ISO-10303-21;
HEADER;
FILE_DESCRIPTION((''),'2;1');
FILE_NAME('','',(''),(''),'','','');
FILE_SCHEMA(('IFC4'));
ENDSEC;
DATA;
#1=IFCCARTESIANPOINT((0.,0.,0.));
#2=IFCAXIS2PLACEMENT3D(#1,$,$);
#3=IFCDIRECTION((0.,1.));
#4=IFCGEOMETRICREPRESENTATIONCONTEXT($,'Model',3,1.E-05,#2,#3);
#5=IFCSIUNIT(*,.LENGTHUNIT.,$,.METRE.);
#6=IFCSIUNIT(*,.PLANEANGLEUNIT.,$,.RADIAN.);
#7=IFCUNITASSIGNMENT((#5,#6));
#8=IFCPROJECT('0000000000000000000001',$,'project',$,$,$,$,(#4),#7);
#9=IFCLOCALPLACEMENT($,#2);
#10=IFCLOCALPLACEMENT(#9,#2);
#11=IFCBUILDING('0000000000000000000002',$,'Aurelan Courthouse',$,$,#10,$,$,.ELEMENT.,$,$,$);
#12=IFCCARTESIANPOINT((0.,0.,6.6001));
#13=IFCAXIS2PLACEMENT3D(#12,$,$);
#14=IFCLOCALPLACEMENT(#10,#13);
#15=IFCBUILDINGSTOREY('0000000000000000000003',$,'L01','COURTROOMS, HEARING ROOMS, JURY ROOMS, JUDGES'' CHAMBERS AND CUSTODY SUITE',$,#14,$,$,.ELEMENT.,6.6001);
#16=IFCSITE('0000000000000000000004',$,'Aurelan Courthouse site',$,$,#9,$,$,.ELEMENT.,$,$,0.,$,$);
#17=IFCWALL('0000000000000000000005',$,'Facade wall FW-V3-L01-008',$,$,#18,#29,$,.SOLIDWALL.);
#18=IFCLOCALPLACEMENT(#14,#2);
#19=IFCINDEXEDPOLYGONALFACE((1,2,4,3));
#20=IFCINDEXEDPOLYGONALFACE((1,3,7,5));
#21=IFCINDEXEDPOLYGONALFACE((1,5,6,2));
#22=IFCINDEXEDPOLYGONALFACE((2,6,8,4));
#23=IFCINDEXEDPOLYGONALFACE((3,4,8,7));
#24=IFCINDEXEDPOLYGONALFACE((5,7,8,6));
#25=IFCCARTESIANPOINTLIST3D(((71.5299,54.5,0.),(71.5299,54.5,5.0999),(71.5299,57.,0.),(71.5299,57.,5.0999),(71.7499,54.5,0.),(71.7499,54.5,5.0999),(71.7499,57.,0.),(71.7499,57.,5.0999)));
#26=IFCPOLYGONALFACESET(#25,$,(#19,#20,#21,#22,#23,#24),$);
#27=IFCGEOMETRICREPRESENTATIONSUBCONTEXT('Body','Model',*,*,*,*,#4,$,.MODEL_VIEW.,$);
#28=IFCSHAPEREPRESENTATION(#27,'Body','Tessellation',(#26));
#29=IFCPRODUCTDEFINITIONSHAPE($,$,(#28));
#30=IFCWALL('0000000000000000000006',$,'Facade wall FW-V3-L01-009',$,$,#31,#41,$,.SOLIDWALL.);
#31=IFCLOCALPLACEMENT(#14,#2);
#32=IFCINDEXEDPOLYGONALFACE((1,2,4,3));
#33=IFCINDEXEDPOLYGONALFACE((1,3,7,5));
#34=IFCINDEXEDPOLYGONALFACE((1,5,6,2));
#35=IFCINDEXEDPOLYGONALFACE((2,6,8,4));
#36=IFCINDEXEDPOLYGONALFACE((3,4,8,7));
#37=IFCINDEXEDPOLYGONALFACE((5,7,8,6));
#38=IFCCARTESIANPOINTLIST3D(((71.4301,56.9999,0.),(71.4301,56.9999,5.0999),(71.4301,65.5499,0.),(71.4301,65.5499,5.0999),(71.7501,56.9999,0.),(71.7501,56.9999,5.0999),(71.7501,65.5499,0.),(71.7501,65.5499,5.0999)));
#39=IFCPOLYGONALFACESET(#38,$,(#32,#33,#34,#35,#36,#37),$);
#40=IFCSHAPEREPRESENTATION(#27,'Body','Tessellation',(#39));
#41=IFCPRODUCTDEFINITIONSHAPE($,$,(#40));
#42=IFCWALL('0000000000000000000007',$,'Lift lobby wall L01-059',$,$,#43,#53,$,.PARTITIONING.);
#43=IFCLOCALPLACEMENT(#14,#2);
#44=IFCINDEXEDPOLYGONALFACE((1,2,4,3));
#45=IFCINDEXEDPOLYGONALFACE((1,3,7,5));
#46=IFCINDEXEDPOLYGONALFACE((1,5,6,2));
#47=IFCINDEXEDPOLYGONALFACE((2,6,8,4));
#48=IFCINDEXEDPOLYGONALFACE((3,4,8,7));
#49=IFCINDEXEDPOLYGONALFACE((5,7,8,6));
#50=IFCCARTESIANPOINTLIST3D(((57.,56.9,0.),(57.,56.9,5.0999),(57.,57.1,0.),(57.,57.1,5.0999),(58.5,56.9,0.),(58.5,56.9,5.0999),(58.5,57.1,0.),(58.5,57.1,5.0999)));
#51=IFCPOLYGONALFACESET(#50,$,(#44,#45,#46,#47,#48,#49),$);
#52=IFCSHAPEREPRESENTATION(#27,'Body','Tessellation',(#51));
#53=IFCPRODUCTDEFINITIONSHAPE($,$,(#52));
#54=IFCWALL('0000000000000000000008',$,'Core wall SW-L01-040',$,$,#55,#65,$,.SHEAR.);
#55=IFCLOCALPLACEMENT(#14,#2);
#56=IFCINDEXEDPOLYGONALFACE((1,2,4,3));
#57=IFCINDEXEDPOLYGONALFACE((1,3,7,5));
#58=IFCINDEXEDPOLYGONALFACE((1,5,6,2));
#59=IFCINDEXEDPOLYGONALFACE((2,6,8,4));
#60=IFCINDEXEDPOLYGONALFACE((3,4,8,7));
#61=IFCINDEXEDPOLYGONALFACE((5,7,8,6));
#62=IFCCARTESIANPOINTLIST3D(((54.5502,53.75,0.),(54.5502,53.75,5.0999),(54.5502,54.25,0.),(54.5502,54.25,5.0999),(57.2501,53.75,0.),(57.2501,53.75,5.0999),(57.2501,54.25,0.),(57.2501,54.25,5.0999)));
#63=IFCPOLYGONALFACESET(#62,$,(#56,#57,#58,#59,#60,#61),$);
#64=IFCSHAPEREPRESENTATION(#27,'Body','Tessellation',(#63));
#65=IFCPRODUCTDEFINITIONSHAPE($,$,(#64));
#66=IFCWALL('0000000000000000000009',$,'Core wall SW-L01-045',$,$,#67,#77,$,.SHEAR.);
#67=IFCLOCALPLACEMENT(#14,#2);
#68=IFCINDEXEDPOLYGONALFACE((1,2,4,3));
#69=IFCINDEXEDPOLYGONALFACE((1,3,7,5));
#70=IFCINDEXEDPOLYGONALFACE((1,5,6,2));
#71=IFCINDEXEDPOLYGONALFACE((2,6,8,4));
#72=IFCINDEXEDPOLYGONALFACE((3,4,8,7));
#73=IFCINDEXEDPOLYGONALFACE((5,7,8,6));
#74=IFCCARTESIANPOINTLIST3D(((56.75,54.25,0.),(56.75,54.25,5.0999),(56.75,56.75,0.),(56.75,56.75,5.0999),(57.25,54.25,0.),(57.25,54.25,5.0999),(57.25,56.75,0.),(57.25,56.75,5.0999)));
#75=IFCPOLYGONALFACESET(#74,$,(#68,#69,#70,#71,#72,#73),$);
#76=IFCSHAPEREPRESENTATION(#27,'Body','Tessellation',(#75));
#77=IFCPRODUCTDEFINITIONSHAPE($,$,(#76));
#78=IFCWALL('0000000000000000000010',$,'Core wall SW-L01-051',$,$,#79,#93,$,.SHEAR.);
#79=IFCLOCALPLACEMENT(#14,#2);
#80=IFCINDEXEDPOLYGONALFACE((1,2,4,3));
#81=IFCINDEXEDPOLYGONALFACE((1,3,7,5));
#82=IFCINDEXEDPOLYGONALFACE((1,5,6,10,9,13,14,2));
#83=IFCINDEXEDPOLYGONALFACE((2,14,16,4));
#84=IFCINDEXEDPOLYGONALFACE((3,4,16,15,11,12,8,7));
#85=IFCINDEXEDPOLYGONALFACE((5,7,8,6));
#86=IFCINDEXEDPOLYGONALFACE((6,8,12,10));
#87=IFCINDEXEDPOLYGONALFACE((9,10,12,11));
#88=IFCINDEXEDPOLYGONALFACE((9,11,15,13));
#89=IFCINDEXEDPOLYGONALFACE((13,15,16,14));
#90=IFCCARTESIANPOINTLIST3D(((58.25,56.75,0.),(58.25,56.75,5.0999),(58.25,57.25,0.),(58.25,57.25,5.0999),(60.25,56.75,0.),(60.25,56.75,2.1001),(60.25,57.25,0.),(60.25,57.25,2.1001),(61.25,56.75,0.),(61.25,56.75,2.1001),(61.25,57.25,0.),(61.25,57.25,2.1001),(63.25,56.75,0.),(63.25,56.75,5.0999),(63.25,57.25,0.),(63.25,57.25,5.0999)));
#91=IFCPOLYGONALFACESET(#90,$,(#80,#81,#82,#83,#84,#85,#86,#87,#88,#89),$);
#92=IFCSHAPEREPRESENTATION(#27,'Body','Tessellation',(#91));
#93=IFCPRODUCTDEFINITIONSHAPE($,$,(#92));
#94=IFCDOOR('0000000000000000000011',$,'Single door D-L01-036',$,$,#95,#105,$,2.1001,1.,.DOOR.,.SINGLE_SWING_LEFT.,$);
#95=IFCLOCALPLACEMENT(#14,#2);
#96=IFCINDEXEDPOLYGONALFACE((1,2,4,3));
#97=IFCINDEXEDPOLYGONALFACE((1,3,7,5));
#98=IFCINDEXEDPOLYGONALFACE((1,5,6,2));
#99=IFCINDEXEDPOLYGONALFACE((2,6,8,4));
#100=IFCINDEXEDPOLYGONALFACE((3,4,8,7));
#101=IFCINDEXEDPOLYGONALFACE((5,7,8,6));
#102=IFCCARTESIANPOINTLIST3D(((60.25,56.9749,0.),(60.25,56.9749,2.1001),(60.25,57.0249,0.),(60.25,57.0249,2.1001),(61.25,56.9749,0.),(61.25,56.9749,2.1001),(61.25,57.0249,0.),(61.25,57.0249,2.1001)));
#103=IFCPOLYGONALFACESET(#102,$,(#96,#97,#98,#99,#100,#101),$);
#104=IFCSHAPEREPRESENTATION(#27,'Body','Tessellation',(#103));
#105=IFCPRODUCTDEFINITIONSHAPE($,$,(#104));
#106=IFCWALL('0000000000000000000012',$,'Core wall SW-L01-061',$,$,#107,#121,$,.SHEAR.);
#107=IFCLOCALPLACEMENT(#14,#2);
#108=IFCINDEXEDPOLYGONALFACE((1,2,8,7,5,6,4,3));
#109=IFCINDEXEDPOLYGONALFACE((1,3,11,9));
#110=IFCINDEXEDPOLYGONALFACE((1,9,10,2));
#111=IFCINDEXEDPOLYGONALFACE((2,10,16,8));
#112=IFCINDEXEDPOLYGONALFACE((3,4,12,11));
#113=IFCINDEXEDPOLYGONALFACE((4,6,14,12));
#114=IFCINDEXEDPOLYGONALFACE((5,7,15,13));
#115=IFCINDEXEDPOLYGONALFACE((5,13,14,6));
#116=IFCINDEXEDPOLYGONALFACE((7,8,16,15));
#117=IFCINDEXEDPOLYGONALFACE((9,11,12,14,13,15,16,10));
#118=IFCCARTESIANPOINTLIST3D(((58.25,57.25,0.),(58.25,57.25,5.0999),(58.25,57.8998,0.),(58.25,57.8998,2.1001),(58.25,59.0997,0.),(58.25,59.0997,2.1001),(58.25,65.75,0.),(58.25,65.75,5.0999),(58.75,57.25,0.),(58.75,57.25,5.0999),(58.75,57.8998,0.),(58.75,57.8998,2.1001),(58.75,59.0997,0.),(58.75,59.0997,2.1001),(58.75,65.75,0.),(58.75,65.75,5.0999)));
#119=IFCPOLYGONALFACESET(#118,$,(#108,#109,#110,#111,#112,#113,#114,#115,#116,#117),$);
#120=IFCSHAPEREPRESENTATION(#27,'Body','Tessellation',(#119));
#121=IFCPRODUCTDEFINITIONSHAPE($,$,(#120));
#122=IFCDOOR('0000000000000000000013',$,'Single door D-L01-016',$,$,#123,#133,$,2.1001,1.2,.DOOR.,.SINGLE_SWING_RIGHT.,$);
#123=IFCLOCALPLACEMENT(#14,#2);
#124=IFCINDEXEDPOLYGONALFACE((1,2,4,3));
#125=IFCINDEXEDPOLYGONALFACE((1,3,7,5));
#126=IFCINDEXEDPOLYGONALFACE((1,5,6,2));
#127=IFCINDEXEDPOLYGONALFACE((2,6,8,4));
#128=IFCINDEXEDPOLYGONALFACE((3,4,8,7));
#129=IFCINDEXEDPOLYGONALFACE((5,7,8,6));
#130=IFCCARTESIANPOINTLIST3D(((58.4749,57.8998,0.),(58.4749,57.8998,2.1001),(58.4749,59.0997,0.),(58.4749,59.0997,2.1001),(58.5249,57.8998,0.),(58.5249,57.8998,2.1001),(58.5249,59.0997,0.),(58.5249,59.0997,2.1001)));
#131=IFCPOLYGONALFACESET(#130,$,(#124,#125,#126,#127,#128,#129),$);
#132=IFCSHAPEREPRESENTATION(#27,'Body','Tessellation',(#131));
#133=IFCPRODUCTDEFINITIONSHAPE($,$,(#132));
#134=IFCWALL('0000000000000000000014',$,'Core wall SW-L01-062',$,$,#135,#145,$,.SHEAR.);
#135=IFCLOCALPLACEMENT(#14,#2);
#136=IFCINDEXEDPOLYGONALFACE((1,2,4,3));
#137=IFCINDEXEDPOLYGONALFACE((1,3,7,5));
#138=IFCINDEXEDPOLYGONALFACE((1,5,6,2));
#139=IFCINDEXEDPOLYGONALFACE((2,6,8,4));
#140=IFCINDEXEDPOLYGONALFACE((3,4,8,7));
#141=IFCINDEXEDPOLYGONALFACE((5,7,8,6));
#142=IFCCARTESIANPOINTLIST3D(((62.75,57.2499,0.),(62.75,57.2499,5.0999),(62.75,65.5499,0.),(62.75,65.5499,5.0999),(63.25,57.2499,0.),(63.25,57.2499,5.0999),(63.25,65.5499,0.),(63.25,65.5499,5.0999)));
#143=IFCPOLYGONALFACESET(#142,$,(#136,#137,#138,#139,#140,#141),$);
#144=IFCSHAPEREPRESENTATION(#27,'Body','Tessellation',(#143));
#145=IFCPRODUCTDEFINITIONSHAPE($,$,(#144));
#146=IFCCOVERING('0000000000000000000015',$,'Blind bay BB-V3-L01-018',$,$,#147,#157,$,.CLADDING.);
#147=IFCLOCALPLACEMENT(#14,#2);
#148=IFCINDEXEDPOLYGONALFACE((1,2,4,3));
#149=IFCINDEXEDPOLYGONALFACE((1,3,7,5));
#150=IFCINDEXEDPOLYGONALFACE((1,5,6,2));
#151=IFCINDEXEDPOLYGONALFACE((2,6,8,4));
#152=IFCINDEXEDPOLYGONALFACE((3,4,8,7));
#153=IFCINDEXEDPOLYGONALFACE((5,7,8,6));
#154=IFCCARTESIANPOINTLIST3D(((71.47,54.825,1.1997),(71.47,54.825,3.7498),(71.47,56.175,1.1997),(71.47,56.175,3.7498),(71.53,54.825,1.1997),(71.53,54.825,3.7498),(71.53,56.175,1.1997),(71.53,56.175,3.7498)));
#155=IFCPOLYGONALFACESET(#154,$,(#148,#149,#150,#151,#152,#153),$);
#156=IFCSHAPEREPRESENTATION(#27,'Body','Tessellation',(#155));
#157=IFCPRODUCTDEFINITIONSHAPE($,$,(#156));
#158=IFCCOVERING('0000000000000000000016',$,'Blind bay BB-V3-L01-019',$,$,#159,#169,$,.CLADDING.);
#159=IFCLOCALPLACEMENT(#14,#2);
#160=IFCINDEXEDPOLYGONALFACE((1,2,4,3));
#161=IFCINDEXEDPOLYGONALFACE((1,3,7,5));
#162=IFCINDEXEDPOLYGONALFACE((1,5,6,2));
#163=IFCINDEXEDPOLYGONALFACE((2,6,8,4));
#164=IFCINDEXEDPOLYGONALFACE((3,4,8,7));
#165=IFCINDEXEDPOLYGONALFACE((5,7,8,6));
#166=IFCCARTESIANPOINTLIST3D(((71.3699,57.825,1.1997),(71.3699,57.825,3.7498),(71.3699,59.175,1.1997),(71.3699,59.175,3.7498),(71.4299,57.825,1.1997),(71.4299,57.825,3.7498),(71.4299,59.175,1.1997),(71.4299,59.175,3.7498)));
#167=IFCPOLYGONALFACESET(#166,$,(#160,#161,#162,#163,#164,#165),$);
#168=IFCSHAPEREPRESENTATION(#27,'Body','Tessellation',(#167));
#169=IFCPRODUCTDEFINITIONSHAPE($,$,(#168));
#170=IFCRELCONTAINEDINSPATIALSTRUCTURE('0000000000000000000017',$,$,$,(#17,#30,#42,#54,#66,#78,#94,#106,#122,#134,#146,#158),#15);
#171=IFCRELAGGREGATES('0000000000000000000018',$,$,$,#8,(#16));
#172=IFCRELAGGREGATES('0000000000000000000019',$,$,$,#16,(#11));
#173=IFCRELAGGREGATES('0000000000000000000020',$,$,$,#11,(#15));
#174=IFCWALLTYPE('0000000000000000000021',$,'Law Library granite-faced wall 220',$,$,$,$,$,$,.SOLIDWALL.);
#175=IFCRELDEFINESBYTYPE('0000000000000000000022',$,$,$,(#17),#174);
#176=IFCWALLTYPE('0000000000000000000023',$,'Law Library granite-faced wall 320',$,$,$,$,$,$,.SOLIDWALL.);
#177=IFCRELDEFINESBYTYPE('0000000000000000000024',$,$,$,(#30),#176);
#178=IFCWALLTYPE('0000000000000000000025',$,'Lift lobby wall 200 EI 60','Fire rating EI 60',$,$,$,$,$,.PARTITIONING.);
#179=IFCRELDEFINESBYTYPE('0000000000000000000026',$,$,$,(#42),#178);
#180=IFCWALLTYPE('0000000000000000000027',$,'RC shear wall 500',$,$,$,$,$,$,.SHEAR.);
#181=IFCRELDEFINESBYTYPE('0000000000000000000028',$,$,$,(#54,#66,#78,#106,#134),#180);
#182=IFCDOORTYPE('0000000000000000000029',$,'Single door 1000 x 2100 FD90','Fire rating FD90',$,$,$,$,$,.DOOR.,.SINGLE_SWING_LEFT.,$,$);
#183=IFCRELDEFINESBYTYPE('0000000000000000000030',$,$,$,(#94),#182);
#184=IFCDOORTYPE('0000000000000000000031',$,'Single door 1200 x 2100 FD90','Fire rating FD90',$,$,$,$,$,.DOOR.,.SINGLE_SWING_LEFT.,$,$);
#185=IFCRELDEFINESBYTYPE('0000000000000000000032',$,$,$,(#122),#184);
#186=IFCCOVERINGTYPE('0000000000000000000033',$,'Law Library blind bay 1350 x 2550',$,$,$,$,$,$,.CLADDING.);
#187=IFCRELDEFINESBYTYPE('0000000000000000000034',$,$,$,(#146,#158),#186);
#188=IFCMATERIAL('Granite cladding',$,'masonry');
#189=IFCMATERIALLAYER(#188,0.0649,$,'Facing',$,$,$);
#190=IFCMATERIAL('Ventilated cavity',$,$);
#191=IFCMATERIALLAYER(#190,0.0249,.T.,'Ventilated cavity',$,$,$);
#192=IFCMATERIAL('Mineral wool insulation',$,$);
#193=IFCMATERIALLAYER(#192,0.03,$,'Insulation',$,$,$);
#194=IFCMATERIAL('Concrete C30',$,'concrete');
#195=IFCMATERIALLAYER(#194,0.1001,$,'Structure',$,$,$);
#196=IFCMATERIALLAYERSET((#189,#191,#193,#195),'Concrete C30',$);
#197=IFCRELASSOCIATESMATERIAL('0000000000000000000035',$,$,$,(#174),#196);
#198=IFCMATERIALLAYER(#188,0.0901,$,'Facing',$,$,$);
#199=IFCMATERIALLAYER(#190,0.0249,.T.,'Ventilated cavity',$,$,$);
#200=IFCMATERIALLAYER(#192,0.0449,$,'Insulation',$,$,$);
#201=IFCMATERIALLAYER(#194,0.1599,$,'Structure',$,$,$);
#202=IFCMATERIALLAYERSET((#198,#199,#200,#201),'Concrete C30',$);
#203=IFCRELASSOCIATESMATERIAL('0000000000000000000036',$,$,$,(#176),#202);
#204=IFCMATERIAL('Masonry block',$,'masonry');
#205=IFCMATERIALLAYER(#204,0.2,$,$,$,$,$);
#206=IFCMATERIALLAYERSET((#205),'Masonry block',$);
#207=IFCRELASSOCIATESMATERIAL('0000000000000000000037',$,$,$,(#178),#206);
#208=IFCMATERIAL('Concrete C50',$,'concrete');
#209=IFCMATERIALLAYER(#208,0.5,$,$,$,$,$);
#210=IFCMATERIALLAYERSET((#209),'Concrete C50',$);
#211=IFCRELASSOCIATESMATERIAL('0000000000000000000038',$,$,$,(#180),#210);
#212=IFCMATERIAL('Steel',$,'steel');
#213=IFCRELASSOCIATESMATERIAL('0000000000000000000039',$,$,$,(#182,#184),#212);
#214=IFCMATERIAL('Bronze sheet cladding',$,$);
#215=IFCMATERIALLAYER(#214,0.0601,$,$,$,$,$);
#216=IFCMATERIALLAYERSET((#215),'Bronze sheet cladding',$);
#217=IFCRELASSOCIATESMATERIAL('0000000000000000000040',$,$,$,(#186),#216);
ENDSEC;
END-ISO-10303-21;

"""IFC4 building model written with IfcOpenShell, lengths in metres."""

from ifc_helpers import new_model, si_unit, direction, frame, frame_2d, origin, origin_2d, place, context, subcontext, project, spatial, rectangle, extrude, material, layer, layer_set, type_object, element, fill, save


model = new_model("IFC4")

# Units and contexts
model_context = context("Model", 3, precision=1e-05, world=origin(), true_north=direction((0.0, 1.0)))
body_context = subcontext(model_context, "Body", "Model", "MODEL_VIEW")
ifc_project = project(units=[si_unit("LENGTHUNIT", "METRE"), si_unit("PLANEANGLEUNIT", "RADIAN")], contexts=[model_context])

# Site, building, storey
site_placement = place(None, origin())
site = spatial("IfcSite", under=ifc_project, at=site_placement, Name="Aurelan Courthouse site", CompositionType="ELEMENT", RefElevation=0.0)
building_placement = place(site_placement, origin())
building = spatial("IfcBuilding", under=site, at=building_placement, Name="Aurelan Courthouse", CompositionType="ELEMENT")
storey_placement = place(building_placement, frame((0.0, 0.0, 6.6001)))
storey = spatial("IfcBuildingStorey", under=building, at=storey_placement, Name="L01", Description="COURTROOMS, HEARING ROOMS, JURY ROOMS, JUDGES' CHAMBERS AND CUSTODY SUITE", CompositionType="ELEMENT", Elevation=6.6001)

# Shared definitions
ifc_material_1 = material(Name="Concrete C50", Category="concrete")

# Shared definitions
ifc_material_2 = material(Name="Granite cladding", Category="masonry")
ifc_material_3 = material(Name="Ventilated cavity")
ifc_material_4 = material(Name="Mineral wool insulation")
ifc_material_5 = material(Name="Concrete C30", Category="concrete")

# Shared definitions
ifc_material_6 = material(Name="Masonry block", Category="masonry")
ifc_material_7 = material(Name="Steel", Category="steel")

# Walls
ifc_layer_1 = layer(ifc_material_2, 0.0649, Name="Facing")
ifc_layer_2 = layer(ifc_material_3, 0.0249, ventilated=True, Name="Ventilated cavity")
ifc_layer_3 = layer(ifc_material_4, 0.03, Name="Insulation")
ifc_layer_4 = layer(ifc_material_5, 0.1001, Name="Structure")
ifc_layer_set_1 = layer_set([ifc_layer_1, ifc_layer_2, ifc_layer_3, ifc_layer_4], Name="Concrete C30")
wall_type_1 = type_object("IfcWallType", Name="Law Library granite-faced wall 220", PredefinedType="SOLIDWALL", material=ifc_layer_set_1)
wall_1_placement = place(storey_placement, frame((71.6399, 54.5, 0.0), z_axis=(0.0, 0.0, 1.0), x_axis=(0.0, 1.0, 0.0)))
element("IfcWall", 1, at=wall_1_placement, inside=storey, type_object=wall_type_1, Name="Facade wall FW-V3-L01-008", PredefinedType="SOLIDWALL", context=body_context, shape_type="SweptSolid", body=[
    extrude(rectangle(XDim=2.5, YDim=0.22, at=frame_2d((1.25, 0.0))), origin(), (0.0, 0.0, 1.0), 5.0999),
])
ifc_layer_5 = layer(ifc_material_2, 0.0901, Name="Facing")
ifc_layer_6 = layer(ifc_material_3, 0.0249, ventilated=True, Name="Ventilated cavity")
ifc_layer_7 = layer(ifc_material_4, 0.0449, Name="Insulation")
ifc_layer_8 = layer(ifc_material_5, 0.1599, Name="Structure")
ifc_layer_set_2 = layer_set([ifc_layer_5, ifc_layer_6, ifc_layer_7, ifc_layer_8], Name="Concrete C30")
wall_type_2 = type_object("IfcWallType", Name="Law Library granite-faced wall 320", PredefinedType="SOLIDWALL", material=ifc_layer_set_2)
wall_2_placement = place(storey_placement, frame((71.5901, 57.0, 0.0), z_axis=(0.0, 0.0, 1.0), x_axis=(0.0, 1.0, 0.0)))
element("IfcWall", 2, at=wall_2_placement, inside=storey, type_object=wall_type_2, Name="Facade wall FW-V3-L01-009", PredefinedType="SOLIDWALL", context=body_context, shape_type="SweptSolid", body=[
    extrude(rectangle(XDim=8.55, YDim=0.3201, at=frame_2d((4.2749, 0.0))), origin(), (0.0, 0.0, 1.0), 5.0999),
])
ifc_layer_9 = layer(ifc_material_6, 0.2)
ifc_layer_set_3 = layer_set([ifc_layer_9], Name="Masonry block")
wall_type_3 = type_object("IfcWallType", Name="Lift lobby wall 200 EI 60", Description="Fire rating EI 60", PredefinedType="PARTITIONING", material=ifc_layer_set_3)
wall_3_placement = place(storey_placement, frame((57.0, 57.0, 0.0), z_axis=(0.0, 0.0, 1.0), x_axis=(1.0, 0.0, 0.0)))
element("IfcWall", 3, at=wall_3_placement, inside=storey, type_object=wall_type_3, Name="Lift lobby wall L01-059", PredefinedType="PARTITIONING", context=body_context, shape_type="SweptSolid", body=[
    extrude(rectangle(XDim=1.5, YDim=0.2, at=frame_2d((0.75, 0.0))), origin(), (0.0, 0.0, 1.0), 5.0999),
])
ifc_layer_10 = layer(ifc_material_1, 0.5)
ifc_layer_set_4 = layer_set([ifc_layer_10], Name="Concrete C50")
wall_type_4 = type_object("IfcWallType", Name="RC shear wall 500", PredefinedType="SHEAR", material=ifc_layer_set_4)
wall_4_placement = place(storey_placement, frame((54.55, 54.0, 0.0), z_axis=(0.0, 0.0, 1.0), x_axis=(1.0, 0.0, 0.0)))
element("IfcWall", 4, at=wall_4_placement, inside=storey, type_object=wall_type_4, Name="Core wall SW-L01-040", PredefinedType="SHEAR", context=body_context, shape_type="SweptSolid", body=[
    extrude(rectangle(XDim=2.7, YDim=0.5, at=frame_2d((1.3501, 0.0))), origin(), (0.0, 0.0, 1.0), 5.0999),
])
wall_5_placement = place(storey_placement, frame((57.0, 54.25, 0.0), z_axis=(0.0, 0.0, 1.0), x_axis=(0.0, 1.0, 0.0)))
element("IfcWall", 5, at=wall_5_placement, inside=storey, type_object=wall_type_4, Name="Core wall SW-L01-045", PredefinedType="SHEAR", context=body_context, shape_type="SweptSolid", body=[
    extrude(rectangle(XDim=2.5, YDim=0.5, at=frame_2d((1.25, 0.0))), origin(), (0.0, 0.0, 1.0), 5.0999),
])

# Walls, openings, doors
wall_6_placement = place(storey_placement, frame((58.25, 57.0, 0.0), z_axis=(0.0, 0.0, 1.0), x_axis=(1.0, 0.0, 0.0)))
wall_6 = element("IfcWall", 6, at=wall_6_placement, inside=storey, type_object=wall_type_4, Name="Core wall SW-L01-051", PredefinedType="SHEAR", context=body_context, shape_type="SweptSolid", body=[
    extrude(rectangle(XDim=5.0, YDim=0.5, at=frame_2d((2.5, 0.0))), origin(), (0.0, 0.0, 1.0), 5.0999),
])
opening_1_placement = place(wall_6_placement, frame((2.0, 0.0, 0.0)))
opening_1 = element("IfcOpeningElement", 7, at=opening_1_placement, cuts=wall_6, PredefinedType="OPENING", context=body_context, shape_type="SweptSolid", body=[
    extrude(rectangle(XDim=1.0, YDim=2.1001, at=frame_2d((0.5, 1.05))), frame((0.0, 0.26, 0.0), z_axis=(0.0, -1.0, 0.0), x_axis=(1.0, 0.0, 0.0)), (0.0, 0.0, 1.0), 0.52),
])
door_type_1 = type_object("IfcDoorType", Name="Single door 1000 x 2100 FD90", Description="Fire rating FD90", OperationType="SINGLE_SWING_LEFT", PredefinedType="DOOR", material=ifc_material_7)
door_1_placement = place(opening_1_placement, origin())
door_1 = element("IfcDoor", 8, at=door_1_placement, inside=storey, type_object=door_type_1, Name="Single door D-L01-036", OperationType="SINGLE_SWING_LEFT", OverallHeight=2.1001, OverallWidth=1.0, PredefinedType="DOOR", context=body_context, shape_type="SweptSolid", body=[
    extrude(rectangle(XDim=1.0, YDim=2.1001, at=frame_2d((0.5, 1.05))), frame((0.0, 0.0249, 0.0), z_axis=(0.0, -1.0, 0.0), x_axis=(1.0, 0.0, 0.0)), (0.0, 0.0, 1.0), 0.05),
])
fill(opening_1, door_1)
wall_7_placement = place(storey_placement, frame((58.5, 57.25, 0.0), z_axis=(0.0, 0.0, 1.0), x_axis=(0.0, 1.0, 0.0)))
wall_7 = element("IfcWall", 9, at=wall_7_placement, inside=storey, type_object=wall_type_4, Name="Core wall SW-L01-061", PredefinedType="SHEAR", context=body_context, shape_type="SweptSolid", body=[
    extrude(rectangle(XDim=8.5, YDim=0.5, at=frame_2d((4.25, 0.0))), origin(), (0.0, 0.0, 1.0), 5.0999),
])
opening_2_placement = place(wall_7_placement, frame((1.8499, 0.0, 0.0), z_axis=(0.0, 0.0, 1.0), x_axis=(-1.0, 0.0, 0.0)))
opening_2 = element("IfcOpeningElement", 10, at=opening_2_placement, cuts=wall_7, PredefinedType="OPENING", context=body_context, shape_type="SweptSolid", body=[
    extrude(rectangle(XDim=1.2, YDim=2.1001, at=frame_2d((0.6001, 1.05))), frame((0.0, 0.26, 0.0), z_axis=(0.0, -1.0, 0.0), x_axis=(1.0, 0.0, 0.0)), (0.0, 0.0, 1.0), 0.52),
])
door_type_2 = type_object("IfcDoorType", Name="Single door 1200 x 2100 FD90", Description="Fire rating FD90", OperationType="SINGLE_SWING_LEFT", PredefinedType="DOOR", material=ifc_material_7)
door_2_placement = place(opening_2_placement, origin())
door_2 = element("IfcDoor", 11, at=door_2_placement, inside=storey, type_object=door_type_2, Name="Single door D-L01-016", OperationType="SINGLE_SWING_RIGHT", OverallHeight=2.1001, OverallWidth=1.2, PredefinedType="DOOR", context=body_context, shape_type="SweptSolid", body=[
    extrude(rectangle(XDim=1.2, YDim=2.1001, at=frame_2d((0.6001, 1.05))), frame((0.0, 0.0249, 0.0), z_axis=(0.0, -1.0, 0.0), x_axis=(1.0, 0.0, 0.0)), (0.0, 0.0, 1.0), 0.05),
])
fill(opening_2, door_2)

# Wall
wall_8_placement = place(storey_placement, frame((63.0, 57.25, 0.0), z_axis=(0.0, 0.0, 1.0), x_axis=(0.0, 1.0, 0.0)))
element("IfcWall", 12, at=wall_8_placement, inside=storey, type_object=wall_type_4, Name="Core wall SW-L01-062", PredefinedType="SHEAR", context=body_context, shape_type="SweptSolid", body=[
    extrude(rectangle(XDim=8.3, YDim=0.5, at=frame_2d((4.1499, 0.0))), origin(), (0.0, 0.0, 1.0), 5.0999),
])

# Coverings
ifc_material_8 = material(Name="Bronze sheet cladding")
ifc_layer_11 = layer(ifc_material_8, 0.0601)
ifc_layer_set_5 = layer_set([ifc_layer_11], Name="Bronze sheet cladding")
covering_type_1 = type_object("IfcCoveringType", Name="Law Library blind bay 1350 x 2550", PredefinedType="CLADDING", material=ifc_layer_set_5)
for number, where, z_axis, x_axis, name in (
    (13, (71.5, 55.5, 1.1997), (0.0, 0.0, 1.0), (1.0, 0.0, 0.0), "Blind bay BB-V3-L01-018"),
    (14, (71.3999, 58.5, 1.1997), (0.0, 0.0, 1.0), (1.0, 0.0, 0.0), "Blind bay BB-V3-L01-019"),
):
    element("IfcCovering", number, at=place(storey_placement, frame(where, z_axis=z_axis, x_axis=x_axis)), inside=storey, type_object=covering_type_1, Name=name, PredefinedType="CLADDING", context=body_context, shape_type="SweptSolid", body=[
        extrude(rectangle(XDim=0.0601, YDim=1.3501, at=origin_2d()), origin(), (0.0, 0.0, 1.0), 2.55),
    ])

save(model, "model.ifc")
